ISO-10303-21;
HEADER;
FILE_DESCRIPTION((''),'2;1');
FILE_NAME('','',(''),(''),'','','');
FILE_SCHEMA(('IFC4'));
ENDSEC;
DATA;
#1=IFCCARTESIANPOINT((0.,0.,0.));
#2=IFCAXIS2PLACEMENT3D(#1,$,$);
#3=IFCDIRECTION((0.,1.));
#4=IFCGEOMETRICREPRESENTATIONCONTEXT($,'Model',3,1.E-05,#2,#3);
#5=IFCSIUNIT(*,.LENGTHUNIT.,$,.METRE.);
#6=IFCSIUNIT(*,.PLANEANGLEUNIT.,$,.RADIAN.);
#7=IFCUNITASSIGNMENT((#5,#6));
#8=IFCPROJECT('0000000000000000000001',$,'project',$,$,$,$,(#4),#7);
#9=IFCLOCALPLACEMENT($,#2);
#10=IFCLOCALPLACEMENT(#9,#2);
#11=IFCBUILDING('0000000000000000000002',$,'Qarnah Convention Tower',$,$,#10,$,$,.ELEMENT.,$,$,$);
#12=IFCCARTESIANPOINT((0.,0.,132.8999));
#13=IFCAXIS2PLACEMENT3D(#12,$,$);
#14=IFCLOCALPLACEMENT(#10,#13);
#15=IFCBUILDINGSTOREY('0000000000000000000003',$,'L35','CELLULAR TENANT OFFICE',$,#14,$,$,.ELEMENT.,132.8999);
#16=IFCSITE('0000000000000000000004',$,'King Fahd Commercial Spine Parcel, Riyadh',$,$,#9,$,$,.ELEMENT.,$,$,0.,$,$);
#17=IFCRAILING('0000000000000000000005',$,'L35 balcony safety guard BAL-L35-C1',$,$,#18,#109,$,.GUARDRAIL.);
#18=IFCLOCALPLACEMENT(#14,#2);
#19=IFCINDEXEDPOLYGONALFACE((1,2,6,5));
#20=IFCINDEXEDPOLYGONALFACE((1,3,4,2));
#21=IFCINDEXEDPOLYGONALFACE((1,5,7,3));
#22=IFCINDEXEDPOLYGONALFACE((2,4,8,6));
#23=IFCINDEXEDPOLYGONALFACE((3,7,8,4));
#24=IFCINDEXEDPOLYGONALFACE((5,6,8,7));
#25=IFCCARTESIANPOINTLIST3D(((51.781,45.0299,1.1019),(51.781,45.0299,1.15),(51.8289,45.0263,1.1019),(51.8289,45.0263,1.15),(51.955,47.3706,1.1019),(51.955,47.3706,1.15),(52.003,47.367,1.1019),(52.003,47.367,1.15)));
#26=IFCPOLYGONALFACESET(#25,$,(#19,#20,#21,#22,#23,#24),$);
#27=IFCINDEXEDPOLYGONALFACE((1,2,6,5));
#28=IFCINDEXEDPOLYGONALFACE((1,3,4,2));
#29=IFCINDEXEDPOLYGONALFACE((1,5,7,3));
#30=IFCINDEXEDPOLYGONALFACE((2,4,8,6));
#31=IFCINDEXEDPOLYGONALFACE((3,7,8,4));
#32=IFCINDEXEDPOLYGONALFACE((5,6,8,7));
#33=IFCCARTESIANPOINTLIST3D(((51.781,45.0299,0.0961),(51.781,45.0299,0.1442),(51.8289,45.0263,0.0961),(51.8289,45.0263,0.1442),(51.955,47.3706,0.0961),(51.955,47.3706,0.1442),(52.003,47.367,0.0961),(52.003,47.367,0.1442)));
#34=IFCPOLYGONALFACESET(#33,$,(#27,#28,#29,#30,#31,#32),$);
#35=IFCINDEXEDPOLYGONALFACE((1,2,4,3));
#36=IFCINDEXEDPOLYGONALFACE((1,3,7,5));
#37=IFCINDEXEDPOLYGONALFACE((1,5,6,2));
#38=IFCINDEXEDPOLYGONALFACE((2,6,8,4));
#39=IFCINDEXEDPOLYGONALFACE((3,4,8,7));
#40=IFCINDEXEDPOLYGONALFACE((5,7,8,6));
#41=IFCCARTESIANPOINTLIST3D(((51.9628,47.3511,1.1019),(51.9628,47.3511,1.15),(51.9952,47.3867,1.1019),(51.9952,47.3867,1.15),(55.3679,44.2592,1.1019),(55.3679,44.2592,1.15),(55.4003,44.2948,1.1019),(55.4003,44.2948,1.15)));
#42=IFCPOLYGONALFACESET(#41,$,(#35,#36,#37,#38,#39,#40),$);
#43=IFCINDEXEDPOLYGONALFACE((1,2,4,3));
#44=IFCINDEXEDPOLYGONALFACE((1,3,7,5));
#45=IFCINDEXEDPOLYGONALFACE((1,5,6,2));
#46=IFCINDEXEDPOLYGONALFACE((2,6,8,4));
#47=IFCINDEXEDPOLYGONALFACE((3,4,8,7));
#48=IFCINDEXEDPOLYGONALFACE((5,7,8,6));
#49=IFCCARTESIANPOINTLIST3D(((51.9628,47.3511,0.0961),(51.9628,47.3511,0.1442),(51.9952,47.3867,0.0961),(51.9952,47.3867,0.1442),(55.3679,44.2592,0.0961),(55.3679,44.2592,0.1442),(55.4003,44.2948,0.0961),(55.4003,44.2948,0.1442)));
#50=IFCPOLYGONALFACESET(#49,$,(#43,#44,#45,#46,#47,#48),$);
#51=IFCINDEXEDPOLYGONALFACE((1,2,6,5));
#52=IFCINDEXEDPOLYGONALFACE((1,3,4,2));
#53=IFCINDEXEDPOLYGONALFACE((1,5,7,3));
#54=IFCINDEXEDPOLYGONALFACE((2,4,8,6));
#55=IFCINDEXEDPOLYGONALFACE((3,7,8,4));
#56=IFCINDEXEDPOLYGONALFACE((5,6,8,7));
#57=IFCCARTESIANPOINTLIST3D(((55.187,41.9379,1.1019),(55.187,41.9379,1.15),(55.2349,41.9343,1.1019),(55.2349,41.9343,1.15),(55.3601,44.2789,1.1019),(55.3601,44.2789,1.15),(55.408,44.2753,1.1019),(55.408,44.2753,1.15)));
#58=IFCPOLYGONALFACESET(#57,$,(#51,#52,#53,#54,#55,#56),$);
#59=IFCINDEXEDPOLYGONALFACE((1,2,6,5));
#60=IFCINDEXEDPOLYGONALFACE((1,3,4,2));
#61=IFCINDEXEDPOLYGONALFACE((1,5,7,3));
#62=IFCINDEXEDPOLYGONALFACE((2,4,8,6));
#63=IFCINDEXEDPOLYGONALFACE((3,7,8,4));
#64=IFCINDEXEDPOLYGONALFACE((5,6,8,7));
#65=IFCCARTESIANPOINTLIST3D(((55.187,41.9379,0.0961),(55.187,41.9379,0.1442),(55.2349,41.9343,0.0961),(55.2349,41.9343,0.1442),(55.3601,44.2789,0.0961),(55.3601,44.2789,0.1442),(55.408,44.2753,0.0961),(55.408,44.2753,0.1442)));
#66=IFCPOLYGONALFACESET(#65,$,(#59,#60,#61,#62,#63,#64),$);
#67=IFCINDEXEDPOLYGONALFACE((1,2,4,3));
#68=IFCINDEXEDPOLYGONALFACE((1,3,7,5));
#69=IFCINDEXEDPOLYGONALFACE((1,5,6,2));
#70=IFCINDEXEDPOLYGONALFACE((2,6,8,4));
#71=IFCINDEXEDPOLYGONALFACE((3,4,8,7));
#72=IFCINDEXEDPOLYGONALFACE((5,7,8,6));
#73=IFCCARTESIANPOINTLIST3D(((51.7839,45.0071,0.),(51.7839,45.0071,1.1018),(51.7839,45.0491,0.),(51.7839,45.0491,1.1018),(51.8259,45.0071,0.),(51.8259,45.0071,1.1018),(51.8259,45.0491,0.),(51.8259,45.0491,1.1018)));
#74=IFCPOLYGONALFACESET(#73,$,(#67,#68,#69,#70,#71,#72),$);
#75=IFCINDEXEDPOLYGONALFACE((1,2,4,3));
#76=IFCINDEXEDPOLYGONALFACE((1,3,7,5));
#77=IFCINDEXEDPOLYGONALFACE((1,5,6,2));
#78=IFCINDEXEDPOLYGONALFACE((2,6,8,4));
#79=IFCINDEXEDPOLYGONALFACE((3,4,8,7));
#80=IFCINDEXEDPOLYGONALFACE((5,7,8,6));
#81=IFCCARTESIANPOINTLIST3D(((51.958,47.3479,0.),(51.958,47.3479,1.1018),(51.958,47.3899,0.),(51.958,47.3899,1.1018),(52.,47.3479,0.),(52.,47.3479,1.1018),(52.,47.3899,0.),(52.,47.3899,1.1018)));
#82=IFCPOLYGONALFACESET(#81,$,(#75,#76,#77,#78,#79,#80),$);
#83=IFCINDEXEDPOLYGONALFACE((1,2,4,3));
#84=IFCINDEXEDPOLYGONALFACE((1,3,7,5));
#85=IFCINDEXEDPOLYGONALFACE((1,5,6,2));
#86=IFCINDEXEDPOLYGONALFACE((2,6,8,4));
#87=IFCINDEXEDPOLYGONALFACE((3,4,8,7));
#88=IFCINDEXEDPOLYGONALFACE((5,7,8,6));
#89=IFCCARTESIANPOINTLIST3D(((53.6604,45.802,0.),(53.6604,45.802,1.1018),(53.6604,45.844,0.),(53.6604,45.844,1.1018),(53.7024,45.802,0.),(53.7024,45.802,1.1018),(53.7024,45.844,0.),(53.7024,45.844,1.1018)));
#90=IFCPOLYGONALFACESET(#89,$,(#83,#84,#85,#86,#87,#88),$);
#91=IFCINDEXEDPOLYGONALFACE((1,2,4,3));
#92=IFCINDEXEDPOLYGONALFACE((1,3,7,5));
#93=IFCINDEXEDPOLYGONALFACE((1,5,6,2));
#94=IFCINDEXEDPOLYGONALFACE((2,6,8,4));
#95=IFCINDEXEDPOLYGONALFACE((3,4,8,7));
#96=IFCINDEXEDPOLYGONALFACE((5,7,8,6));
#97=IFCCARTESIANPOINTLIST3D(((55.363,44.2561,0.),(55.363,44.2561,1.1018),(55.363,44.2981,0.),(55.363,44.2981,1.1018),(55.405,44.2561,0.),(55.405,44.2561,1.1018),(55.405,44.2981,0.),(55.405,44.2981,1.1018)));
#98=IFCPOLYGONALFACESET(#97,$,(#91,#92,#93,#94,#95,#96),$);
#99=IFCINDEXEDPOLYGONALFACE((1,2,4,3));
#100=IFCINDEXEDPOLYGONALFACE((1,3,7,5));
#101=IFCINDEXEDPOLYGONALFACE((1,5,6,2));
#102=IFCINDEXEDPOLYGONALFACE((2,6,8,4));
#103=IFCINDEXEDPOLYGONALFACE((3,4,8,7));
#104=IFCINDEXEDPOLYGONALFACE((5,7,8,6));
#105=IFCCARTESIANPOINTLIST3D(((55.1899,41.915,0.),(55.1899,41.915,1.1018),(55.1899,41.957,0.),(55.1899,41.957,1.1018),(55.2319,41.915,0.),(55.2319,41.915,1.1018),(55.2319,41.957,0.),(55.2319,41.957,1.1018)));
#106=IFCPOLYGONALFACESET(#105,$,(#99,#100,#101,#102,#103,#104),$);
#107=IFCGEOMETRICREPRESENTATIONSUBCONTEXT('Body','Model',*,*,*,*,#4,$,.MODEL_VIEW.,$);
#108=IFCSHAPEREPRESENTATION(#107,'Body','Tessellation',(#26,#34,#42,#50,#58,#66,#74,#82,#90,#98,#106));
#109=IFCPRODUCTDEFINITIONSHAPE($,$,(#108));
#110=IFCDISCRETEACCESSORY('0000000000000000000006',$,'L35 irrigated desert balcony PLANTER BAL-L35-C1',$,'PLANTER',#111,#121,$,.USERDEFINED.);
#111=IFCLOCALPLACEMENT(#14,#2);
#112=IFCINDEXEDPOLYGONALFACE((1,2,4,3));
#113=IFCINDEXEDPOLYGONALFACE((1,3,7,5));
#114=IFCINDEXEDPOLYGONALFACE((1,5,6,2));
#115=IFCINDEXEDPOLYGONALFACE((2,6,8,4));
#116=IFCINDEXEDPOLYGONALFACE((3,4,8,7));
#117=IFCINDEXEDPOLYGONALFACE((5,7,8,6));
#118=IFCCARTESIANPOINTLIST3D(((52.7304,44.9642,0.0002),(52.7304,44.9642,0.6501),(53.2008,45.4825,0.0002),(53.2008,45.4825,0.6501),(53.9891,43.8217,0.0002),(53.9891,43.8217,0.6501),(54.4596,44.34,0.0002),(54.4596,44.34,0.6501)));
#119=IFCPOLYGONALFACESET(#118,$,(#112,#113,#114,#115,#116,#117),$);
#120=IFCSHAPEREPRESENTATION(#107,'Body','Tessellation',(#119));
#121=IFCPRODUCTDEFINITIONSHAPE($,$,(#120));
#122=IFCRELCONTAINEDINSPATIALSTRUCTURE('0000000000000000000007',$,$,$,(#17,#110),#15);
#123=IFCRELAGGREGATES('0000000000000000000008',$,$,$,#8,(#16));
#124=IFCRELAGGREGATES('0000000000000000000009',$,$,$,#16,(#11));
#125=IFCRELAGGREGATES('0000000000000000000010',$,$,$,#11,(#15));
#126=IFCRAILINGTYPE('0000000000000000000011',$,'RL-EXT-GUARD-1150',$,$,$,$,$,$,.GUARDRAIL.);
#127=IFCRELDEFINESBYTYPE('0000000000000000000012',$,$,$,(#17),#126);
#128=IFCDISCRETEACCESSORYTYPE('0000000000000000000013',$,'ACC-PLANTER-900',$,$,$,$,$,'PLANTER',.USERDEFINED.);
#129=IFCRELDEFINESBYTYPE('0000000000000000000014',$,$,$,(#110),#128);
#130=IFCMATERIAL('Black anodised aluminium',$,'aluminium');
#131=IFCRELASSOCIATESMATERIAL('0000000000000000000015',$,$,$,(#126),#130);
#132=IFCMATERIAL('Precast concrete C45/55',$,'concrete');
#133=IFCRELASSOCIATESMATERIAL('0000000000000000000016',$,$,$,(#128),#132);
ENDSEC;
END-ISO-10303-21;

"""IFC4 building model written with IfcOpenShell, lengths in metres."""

from ifc_helpers import new_model, si_unit, direction, frame, origin, origin_2d, place, context, subcontext, project, spatial, rectangle, extrude, material, type_object, element, save


model = new_model("IFC4")

# Units and contexts
model_context = context("Model", 3, precision=1e-05, world=origin(), true_north=direction((0.0, 1.0)))
body_context = subcontext(model_context, "Body", "Model", "MODEL_VIEW")
ifc_project = project(units=[si_unit("LENGTHUNIT", "METRE"), si_unit("PLANEANGLEUNIT", "RADIAN")], contexts=[model_context])

# Site, building, storey
site_placement = place(None, origin())
site = spatial("IfcSite", under=ifc_project, at=site_placement, Name="King Fahd Commercial Spine Parcel, Riyadh", CompositionType="ELEMENT", RefElevation=0.0)
building_placement = place(site_placement, origin())
building = spatial("IfcBuilding", under=site, at=building_placement, Name="Qarnah Convention Tower", CompositionType="ELEMENT")
storey_placement = place(building_placement, frame((0.0, 0.0, 132.8999)))
storey = spatial("IfcBuildingStorey", under=building, at=storey_placement, Name="L35", Description="CELLULAR TENANT OFFICE", CompositionType="ELEMENT", Elevation=132.8999)

# Shared definitions
ifc_material_1 = material(Name="Black anodised aluminium", Category="aluminium")

# Shared definitions
ifc_material_2 = material(Name="Precast concrete C45/55", Category="concrete")

# Railing
railing_type = type_object("IfcRailingType", Name="RL-EXT-GUARD-1150", PredefinedType="GUARDRAIL", material=ifc_material_1)
railing_1_placement = place(storey_placement, frame((51.8049, 45.0281, 0.0)))
element("IfcRailing", 1, at=railing_1_placement, inside=storey, type_object=railing_type, Name="L35 balcony safety guard BAL-L35-C1", PredefinedType="GUARDRAIL", context=body_context, shape_type="SweptSolid", body=[
    extrude(rectangle(XDim=0.0481, YDim=0.0481, at=origin_2d()), frame((0.0, 0.0, 1.126), z_axis=(0.074159, 0.997246, 0.0), x_axis=(-0.997246, 0.074159, 0.0)), (0.0, 0.0, 1.0), 2.3472),
    extrude(rectangle(XDim=0.0481, YDim=0.0481, at=origin_2d()), frame((0.0, 0.0, 0.1201), z_axis=(0.074159, 0.997246, 0.0), x_axis=(-0.997246, 0.074159, 0.0)), (0.0, 0.0, 1.0), 2.3472),
    extrude(rectangle(XDim=0.0481, YDim=0.0481, at=origin_2d()), frame((0.1741, 2.3408, 1.126), z_axis=(0.740339, -0.672234, 0.0), x_axis=(0.672234, 0.740339, 0.0)), (0.0, 0.0, 1.0), 4.5994),
    extrude(rectangle(XDim=0.0481, YDim=0.0481, at=origin_2d()), frame((0.1741, 2.3408, 0.1201), z_axis=(0.740339, -0.672234, 0.0), x_axis=(0.672234, 0.740339, 0.0)), (0.0, 0.0, 1.0), 4.5994),
    extrude(rectangle(XDim=0.0481, YDim=0.0481, at=origin_2d()), frame((3.5791, -0.751, 1.126), z_axis=(-0.073738, -0.997278, 0.0), x_axis=(0.997278, -0.073738, 0.0)), (0.0, 0.0, 1.0), 2.3474),
    extrude(rectangle(XDim=0.0481, YDim=0.0481, at=origin_2d()), frame((3.5791, -0.751, 0.1201), z_axis=(-0.073738, -0.997278, 0.0), x_axis=(0.997278, -0.073738, 0.0)), (0.0, 0.0, 1.0), 2.3474),
    extrude(rectangle(XDim=0.042, YDim=0.042, at=origin_2d()), origin(), (0.0, 0.0, 1.0), 1.1018),
    extrude(rectangle(XDim=0.042, YDim=0.042, at=origin_2d()), frame((0.1741, 2.3408, 0.0)), (0.0, 0.0, 1.0), 1.1018),
    extrude(rectangle(XDim=0.042, YDim=0.042, at=origin_2d()), frame((1.8765, 0.7949, 0.0)), (0.0, 0.0, 1.0), 1.1018),
    extrude(rectangle(XDim=0.042, YDim=0.042, at=origin_2d()), frame((3.5791, -0.751, 0.0)), (0.0, 0.0, 1.0), 1.1018),
    extrude(rectangle(XDim=0.042, YDim=0.042, at=origin_2d()), frame((3.406, -3.092, 0.0)), (0.0, 0.0, 1.0), 1.1018),
])

# Discrete accessory
discrete_accessory_type = type_object("IfcDiscreteAccessoryType", Name="ACC-PLANTER-900", ElementType="PLANTER", PredefinedType="USERDEFINED", material=ifc_material_2)
discrete_accessory_placement = place(storey_placement, frame((53.595, 44.6521, 0.0002), z_axis=(0.0, 0.0, 1.0), x_axis=(-0.740453, 0.672108, 0.0)))
element("IfcDiscreteAccessory", 2, at=discrete_accessory_placement, inside=storey, type_object=discrete_accessory_type, Name="L35 irrigated desert balcony PLANTER BAL-L35-C1", ObjectType="PLANTER", PredefinedType="USERDEFINED", context=body_context, shape_type="SweptSolid", body=[
    extrude(rectangle(XDim=1.7, YDim=0.7, at=origin_2d()), origin(), (0.0, 0.0, 1.0), 0.6499),
])

save(model, "model.ifc")
